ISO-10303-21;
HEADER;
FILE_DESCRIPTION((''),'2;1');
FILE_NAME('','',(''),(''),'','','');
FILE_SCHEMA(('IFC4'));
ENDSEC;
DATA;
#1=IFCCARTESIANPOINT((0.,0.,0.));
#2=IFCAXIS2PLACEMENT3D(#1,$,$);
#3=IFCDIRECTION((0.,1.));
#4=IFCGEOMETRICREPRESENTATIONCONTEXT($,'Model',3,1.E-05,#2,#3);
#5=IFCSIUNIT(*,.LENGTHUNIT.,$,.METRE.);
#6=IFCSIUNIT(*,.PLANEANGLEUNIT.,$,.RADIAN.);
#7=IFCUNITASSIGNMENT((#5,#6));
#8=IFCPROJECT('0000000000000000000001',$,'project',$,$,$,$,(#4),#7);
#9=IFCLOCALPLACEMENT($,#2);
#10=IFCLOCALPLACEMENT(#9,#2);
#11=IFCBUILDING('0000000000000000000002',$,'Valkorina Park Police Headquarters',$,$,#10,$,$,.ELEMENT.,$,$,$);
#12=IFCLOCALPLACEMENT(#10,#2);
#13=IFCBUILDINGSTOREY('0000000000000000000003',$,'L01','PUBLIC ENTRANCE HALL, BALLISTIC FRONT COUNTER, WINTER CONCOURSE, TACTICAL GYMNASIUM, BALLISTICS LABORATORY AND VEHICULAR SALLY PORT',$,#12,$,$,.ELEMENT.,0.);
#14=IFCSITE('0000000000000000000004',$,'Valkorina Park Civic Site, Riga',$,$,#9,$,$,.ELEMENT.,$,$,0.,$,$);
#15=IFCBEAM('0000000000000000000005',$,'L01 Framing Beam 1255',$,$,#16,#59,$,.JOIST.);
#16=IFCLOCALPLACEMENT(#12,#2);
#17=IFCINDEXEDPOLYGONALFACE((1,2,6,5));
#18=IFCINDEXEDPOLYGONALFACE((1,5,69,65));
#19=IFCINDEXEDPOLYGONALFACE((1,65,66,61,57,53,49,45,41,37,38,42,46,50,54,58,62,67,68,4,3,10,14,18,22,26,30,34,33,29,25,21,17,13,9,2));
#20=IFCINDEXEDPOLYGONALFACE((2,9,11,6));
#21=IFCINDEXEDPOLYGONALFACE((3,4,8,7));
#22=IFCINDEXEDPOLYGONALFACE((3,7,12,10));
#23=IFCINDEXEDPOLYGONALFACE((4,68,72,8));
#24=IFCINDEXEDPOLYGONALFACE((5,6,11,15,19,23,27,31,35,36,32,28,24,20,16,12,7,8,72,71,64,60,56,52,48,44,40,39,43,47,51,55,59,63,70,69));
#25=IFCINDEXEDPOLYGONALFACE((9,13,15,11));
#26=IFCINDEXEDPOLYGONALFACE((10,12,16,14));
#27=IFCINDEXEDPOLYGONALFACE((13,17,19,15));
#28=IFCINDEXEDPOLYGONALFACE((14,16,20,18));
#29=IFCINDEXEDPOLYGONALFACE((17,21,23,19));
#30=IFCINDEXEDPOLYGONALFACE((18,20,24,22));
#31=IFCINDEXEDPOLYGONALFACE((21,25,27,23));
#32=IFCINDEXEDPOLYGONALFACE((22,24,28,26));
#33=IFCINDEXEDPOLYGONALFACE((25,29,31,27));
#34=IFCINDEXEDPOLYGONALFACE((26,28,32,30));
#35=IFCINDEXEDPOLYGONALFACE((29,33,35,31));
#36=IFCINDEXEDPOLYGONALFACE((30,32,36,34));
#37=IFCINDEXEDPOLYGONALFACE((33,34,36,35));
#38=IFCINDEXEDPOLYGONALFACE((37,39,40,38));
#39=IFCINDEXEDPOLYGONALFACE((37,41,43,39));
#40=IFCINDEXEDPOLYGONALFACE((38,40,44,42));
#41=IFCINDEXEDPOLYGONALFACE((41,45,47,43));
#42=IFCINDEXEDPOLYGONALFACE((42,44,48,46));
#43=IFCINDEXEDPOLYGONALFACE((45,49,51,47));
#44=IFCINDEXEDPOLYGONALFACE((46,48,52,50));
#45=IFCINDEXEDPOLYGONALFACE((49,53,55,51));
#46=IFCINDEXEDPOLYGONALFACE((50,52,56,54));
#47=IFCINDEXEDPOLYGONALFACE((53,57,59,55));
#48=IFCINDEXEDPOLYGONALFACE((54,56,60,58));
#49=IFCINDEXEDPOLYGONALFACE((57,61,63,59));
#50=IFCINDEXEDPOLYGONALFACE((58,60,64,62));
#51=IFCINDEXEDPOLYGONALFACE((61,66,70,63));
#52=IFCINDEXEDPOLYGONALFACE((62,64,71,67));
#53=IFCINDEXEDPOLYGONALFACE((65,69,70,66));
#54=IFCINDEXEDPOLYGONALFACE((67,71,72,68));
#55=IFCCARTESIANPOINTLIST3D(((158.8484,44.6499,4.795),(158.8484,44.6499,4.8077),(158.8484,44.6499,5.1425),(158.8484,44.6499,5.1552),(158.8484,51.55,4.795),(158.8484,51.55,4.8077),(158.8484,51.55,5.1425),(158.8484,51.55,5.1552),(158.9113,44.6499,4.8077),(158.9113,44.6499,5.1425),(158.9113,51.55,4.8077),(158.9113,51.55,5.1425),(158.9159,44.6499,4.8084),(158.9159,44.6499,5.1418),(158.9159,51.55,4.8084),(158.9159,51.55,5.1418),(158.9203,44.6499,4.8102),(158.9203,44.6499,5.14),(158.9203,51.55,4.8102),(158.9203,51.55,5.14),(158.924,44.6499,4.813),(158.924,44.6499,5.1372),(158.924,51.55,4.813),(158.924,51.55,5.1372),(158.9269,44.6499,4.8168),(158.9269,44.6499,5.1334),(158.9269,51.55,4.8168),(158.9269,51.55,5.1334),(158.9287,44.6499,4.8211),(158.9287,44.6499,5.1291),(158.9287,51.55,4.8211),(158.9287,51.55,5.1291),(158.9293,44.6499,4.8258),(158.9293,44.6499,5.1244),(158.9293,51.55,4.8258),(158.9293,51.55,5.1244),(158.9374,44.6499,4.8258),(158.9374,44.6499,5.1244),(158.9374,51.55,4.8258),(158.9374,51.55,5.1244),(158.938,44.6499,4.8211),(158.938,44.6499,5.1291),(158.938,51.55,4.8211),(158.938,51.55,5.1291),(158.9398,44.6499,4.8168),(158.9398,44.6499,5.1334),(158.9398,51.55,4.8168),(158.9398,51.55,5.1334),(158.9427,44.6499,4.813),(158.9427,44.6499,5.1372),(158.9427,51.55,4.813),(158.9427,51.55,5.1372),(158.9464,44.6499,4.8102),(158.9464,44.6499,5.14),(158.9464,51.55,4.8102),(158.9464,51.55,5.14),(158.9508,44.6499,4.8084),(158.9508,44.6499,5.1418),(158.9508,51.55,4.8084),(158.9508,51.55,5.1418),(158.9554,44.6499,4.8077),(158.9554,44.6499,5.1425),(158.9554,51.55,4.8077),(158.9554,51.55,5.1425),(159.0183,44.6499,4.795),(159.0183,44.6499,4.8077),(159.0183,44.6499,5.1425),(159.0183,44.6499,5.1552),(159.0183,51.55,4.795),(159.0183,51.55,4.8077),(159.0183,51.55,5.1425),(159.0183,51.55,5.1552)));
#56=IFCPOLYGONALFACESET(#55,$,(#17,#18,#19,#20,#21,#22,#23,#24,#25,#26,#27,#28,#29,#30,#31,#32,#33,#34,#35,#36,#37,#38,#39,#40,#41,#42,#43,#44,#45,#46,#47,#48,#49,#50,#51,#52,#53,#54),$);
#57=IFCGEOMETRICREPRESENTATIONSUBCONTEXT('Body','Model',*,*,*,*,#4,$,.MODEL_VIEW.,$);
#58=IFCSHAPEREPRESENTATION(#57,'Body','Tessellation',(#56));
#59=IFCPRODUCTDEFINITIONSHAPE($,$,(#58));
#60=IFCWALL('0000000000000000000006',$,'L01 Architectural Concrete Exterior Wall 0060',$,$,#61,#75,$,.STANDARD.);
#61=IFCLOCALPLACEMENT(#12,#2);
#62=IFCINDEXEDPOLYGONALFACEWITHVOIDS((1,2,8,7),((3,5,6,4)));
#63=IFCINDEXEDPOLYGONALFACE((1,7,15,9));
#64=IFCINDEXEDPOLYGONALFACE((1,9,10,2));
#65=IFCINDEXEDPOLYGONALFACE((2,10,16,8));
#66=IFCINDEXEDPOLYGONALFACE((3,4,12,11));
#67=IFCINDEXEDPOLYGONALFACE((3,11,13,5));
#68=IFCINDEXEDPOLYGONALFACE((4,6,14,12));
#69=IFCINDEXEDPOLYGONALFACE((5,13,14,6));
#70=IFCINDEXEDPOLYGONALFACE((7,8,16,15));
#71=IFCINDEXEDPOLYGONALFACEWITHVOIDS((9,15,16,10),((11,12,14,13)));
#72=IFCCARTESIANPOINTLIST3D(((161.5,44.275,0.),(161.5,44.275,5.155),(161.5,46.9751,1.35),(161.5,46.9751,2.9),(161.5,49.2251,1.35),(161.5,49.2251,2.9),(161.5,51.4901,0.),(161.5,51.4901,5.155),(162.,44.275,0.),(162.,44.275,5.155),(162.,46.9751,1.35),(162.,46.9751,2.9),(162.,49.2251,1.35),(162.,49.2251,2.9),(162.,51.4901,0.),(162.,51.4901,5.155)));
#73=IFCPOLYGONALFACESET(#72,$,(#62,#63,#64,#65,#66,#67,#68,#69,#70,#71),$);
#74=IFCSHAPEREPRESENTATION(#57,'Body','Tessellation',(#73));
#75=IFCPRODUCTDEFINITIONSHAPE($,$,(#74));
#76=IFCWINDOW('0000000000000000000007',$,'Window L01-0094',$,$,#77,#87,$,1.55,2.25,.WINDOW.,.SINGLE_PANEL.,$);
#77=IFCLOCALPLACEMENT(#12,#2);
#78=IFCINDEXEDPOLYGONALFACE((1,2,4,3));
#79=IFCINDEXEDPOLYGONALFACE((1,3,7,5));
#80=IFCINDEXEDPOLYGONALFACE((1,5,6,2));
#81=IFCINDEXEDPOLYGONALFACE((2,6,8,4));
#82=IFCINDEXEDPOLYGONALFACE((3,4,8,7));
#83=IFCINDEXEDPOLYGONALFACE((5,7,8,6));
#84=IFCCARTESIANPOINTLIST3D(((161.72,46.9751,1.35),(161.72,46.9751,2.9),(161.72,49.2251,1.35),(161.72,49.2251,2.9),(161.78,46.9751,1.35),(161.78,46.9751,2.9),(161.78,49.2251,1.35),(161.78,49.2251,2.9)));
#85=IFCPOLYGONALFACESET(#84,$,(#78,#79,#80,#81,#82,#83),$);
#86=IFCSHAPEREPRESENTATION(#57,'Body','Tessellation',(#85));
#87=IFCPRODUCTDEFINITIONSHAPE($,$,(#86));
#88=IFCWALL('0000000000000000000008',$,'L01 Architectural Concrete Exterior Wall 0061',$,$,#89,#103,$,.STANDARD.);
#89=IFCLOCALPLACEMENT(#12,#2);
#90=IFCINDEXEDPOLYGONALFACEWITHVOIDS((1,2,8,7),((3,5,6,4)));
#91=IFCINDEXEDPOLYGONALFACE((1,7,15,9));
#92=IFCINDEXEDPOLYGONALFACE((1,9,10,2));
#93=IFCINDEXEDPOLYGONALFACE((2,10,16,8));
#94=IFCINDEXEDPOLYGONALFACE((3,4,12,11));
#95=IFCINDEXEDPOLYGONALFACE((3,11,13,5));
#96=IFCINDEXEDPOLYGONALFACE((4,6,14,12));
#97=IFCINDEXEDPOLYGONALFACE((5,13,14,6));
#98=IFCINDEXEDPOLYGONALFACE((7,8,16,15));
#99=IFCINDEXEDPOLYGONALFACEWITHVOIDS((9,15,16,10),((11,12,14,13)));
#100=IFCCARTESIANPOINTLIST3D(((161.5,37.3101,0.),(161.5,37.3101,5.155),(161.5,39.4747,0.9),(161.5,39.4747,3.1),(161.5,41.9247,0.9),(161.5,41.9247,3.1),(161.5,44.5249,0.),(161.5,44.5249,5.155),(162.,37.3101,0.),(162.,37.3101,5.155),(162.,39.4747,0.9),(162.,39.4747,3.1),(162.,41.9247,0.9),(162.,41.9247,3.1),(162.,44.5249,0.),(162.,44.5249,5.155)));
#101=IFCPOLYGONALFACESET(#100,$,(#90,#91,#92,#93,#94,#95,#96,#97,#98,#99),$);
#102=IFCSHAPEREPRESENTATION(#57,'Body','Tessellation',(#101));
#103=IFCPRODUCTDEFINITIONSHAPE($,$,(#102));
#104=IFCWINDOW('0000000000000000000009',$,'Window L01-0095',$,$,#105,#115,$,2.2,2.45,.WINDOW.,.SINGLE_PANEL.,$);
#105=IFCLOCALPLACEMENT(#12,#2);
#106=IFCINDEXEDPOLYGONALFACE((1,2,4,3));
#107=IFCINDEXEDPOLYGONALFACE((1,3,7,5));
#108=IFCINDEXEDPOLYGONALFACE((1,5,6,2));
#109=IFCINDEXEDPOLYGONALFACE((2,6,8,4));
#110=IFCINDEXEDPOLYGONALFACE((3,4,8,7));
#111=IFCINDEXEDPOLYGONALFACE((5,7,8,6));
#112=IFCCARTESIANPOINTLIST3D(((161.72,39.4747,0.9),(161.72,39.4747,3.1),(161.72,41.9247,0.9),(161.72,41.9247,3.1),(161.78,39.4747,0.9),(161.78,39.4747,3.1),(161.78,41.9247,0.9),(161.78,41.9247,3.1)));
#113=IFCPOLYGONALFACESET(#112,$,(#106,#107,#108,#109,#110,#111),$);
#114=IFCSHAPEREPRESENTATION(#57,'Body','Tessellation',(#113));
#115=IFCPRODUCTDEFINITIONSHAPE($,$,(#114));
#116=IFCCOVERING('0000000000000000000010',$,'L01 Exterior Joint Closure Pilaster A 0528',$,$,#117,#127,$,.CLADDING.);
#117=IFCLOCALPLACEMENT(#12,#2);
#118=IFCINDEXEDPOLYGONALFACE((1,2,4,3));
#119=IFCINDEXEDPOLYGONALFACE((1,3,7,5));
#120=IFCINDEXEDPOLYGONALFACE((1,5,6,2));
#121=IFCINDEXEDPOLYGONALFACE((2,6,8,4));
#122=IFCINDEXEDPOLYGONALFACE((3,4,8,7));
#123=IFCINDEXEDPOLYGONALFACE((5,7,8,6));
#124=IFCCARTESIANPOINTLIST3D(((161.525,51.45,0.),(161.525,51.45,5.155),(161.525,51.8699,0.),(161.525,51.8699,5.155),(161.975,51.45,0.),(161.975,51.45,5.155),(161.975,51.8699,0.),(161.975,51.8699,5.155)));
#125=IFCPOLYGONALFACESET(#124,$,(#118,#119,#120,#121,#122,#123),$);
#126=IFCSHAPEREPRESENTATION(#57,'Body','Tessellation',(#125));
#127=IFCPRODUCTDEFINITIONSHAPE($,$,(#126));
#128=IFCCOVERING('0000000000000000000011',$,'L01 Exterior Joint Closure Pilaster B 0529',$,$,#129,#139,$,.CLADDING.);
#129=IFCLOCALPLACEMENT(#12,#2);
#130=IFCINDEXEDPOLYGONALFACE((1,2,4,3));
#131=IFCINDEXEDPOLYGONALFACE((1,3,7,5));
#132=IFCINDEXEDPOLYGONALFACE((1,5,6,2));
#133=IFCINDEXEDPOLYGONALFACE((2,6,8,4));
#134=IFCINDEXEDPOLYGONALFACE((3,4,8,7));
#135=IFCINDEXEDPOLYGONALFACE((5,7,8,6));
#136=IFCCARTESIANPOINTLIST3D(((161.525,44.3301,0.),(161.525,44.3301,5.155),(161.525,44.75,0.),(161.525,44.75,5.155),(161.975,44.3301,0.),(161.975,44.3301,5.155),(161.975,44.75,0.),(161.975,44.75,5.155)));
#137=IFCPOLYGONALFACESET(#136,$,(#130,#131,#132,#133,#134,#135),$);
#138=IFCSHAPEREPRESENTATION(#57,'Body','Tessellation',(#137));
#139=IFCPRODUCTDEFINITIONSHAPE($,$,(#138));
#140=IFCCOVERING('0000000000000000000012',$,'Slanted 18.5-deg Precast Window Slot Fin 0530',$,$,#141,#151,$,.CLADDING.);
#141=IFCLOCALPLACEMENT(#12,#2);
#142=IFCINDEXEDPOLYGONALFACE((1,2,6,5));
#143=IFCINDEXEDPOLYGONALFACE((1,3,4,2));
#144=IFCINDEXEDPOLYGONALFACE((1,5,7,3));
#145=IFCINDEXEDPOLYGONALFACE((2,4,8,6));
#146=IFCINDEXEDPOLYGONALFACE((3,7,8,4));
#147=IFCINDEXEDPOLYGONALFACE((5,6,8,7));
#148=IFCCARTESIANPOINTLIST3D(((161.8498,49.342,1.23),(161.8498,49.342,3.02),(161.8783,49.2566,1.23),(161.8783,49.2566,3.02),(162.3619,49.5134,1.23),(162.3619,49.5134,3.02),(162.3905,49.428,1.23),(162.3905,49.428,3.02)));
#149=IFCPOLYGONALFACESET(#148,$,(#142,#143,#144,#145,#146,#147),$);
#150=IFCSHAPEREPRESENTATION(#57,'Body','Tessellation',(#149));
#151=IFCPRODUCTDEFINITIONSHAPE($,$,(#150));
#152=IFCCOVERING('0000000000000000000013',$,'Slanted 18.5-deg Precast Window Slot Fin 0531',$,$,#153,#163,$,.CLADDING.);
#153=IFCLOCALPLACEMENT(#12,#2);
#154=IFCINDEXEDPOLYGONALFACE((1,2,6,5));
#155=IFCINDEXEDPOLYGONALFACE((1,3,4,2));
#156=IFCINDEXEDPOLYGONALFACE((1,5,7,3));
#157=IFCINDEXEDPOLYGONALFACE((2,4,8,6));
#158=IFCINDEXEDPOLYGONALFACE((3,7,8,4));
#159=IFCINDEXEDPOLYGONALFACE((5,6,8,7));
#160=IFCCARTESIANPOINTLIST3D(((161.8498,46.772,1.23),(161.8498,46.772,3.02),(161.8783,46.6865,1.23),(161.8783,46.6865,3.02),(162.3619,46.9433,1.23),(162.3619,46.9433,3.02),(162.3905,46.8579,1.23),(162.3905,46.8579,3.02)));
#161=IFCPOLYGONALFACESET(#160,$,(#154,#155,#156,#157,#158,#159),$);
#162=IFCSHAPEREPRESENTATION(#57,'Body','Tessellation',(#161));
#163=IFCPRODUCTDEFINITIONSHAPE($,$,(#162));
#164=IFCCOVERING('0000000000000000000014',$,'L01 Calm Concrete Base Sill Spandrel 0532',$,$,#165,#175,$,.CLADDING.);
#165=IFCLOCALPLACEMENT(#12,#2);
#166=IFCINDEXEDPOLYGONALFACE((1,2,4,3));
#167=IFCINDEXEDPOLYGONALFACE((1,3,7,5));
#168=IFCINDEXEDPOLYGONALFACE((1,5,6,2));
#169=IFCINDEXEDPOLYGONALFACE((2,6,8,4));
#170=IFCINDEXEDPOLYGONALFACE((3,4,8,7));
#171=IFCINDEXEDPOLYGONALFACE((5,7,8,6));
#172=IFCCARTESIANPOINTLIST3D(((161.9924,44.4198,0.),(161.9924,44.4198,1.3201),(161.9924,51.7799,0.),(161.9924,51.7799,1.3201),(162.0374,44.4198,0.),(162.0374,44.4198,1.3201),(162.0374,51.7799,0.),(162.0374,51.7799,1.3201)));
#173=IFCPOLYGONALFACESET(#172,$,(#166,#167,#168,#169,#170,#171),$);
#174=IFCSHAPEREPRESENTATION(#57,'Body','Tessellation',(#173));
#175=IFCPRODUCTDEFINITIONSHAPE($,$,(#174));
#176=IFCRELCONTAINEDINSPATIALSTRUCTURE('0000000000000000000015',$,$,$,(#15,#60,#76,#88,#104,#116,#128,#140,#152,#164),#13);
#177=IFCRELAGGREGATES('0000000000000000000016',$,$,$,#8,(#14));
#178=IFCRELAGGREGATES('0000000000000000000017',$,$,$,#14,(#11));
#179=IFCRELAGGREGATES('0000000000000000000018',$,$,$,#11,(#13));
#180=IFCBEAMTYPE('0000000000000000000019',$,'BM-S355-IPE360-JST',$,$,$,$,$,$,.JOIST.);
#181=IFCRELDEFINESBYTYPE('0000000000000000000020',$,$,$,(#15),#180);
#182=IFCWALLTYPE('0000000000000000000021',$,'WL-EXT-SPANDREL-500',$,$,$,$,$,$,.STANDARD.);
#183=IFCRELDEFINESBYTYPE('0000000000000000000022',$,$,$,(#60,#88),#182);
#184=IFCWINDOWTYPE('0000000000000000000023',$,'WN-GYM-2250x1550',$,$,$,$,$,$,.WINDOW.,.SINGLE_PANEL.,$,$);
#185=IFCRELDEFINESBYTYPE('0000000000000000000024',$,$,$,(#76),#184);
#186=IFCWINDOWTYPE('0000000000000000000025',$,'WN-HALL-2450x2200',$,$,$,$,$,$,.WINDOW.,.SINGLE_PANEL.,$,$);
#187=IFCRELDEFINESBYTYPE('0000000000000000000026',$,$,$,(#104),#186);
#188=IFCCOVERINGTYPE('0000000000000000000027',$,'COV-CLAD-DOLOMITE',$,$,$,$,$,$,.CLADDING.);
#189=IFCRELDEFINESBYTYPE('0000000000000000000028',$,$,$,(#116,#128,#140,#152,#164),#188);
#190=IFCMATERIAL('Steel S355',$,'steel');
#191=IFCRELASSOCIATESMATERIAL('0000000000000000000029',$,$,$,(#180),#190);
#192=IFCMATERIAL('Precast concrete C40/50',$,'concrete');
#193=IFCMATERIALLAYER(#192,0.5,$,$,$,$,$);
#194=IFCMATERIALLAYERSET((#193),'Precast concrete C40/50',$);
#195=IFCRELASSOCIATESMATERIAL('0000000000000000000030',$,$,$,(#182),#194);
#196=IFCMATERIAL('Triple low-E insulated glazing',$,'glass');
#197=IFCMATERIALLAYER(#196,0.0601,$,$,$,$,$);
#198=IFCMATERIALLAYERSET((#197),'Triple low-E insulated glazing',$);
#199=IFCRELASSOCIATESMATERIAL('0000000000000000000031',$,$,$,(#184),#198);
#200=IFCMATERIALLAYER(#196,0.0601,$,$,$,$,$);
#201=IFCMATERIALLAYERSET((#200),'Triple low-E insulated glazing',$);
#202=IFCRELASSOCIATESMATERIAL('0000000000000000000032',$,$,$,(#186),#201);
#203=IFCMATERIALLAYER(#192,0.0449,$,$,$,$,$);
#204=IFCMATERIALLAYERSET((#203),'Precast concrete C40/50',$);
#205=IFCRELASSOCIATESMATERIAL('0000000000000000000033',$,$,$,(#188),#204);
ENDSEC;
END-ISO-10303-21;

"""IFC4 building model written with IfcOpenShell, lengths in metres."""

from ifc_helpers import new_model, si_unit, direction, frame, frame_2d, origin, origin_2d, place, context, subcontext, project, spatial, rectangle, i_section, extrude, material, layer, layer_set, material_profile, profile_set, type_object, element, fill, save


model = new_model("IFC4")

# Units and contexts
model_context = context("Model", 3, precision=1e-05, world=origin(), true_north=direction((0.0, 1.0)))
body_context = subcontext(model_context, "Body", "Model", "MODEL_VIEW")
ifc_project = project(units=[si_unit("LENGTHUNIT", "METRE"), si_unit("PLANEANGLEUNIT", "RADIAN")], contexts=[model_context])

# Site, building, storey
site_placement = place(None, origin())
site = spatial("IfcSite", under=ifc_project, at=site_placement, Name="Valkorina Park Civic Site, Riga", CompositionType="ELEMENT", RefElevation=0.0)
building_placement = place(site_placement, origin())
building = spatial("IfcBuilding", under=site, at=building_placement, Name="Valkorina Park Police Headquarters", CompositionType="ELEMENT")
storey_placement = place(building_placement, origin())
storey = spatial("IfcBuildingStorey", under=building, at=storey_placement, Name="L01", Description="PUBLIC ENTRANCE HALL, BALLISTIC FRONT COUNTER, WINTER CONCOURSE, TACTICAL GYMNASIUM, BALLISTICS LABORATORY AND VEHICULAR SALLY PORT", CompositionType="ELEMENT", Elevation=0.0)

# Beam
ifc_material_1 = material(Name="Steel S355", Category="steel")
ifc_material_profile_1 = material_profile(ifc_material_1, i_section(OverallWidth=0.1699, OverallDepth=0.3601, WebThickness=0.0081, FlangeThickness=0.0127, FilletRadius=0.0181, at=origin_2d()), Name="IPE 360")
ifc_profile_set_1 = profile_set([ifc_material_profile_1], Name="Steel S355")
beam_type_1 = type_object("IfcBeamType", Name="BM-S355-IPE360-JST", PredefinedType="JOIST", material=ifc_profile_set_1)
for number, where, z_axis, x_axis, name in (
    (1, (158.9333, 44.6499, 4.9751), (0.0, 1.0, 0.0), (-1.0, 0.0, 0.0), "L01 Framing Beam 1255"),
):
    element("IfcBeam", number, at=place(storey_placement, frame(where, z_axis=z_axis, x_axis=x_axis)), inside=storey, type_object=beam_type_1, Name=name, PredefinedType="JOIST", context=body_context, shape_type="SweptSolid", body=[
        extrude(i_section(OverallWidth=0.1699, OverallDepth=0.3601, WebThickness=0.0081, FlangeThickness=0.0127, FilletRadius=0.0181, at=origin_2d()), origin(), (0.0, 0.0, 1.0), 6.9001),
    ])

# Walls, openings, windows
ifc_material_2 = material(Name="Precast concrete C40/50", Category="concrete")
ifc_layer_1 = layer(ifc_material_2, 0.5)
ifc_layer_set_1 = layer_set([ifc_layer_1], Name="Precast concrete C40/50")
wall_type = type_object("IfcWallType", Name="WL-EXT-SPANDREL-500", PredefinedType="STANDARD", material=ifc_layer_set_1)
wall_1_placement = place(storey_placement, frame((161.75, 51.49, 0.0), z_axis=(0.0, 0.0, 1.0), x_axis=(0.0, -1.0, 0.0)))
wall_1 = element("IfcWall", 2, at=wall_1_placement, inside=storey, type_object=wall_type, Name="L01 Architectural Concrete Exterior Wall 0060", PredefinedType="STANDARD", context=body_context, shape_type="SweptSolid", body=[
    extrude(rectangle(XDim=7.2151, YDim=0.5, at=frame_2d((3.6074, 0.0))), origin(), (0.0, 0.0, 1.0), 5.155),
])
opening_1_placement = place(wall_1_placement, frame((2.2649, 0.0, 1.3501)))
opening_1 = element("IfcOpeningElement", 3, at=opening_1_placement, cuts=wall_1, PredefinedType="OPENING", context=body_context, shape_type="SweptSolid", body=[
    extrude(rectangle(XDim=2.25, YDim=1.55, at=frame_2d((1.125, 0.7749))), frame((0.0, 0.26, 0.0), z_axis=(0.0, -1.0, 0.0), x_axis=(1.0, 0.0, 0.0)), (0.0, 0.0, 1.0), 0.52),
])
ifc_material_3 = material(Name="Triple low-E insulated glazing", Category="glass")
ifc_layer_2 = layer(ifc_material_3, 0.0601)
ifc_layer_set_2 = layer_set([ifc_layer_2], Name="Triple low-E insulated glazing")
window_type_1 = type_object("IfcWindowType", Name="WN-GYM-2250x1550", PartitioningType="SINGLE_PANEL", PredefinedType="WINDOW", material=ifc_layer_set_2)
window_1_placement = place(opening_1_placement, origin())
window_1 = element("IfcWindow", 4, at=window_1_placement, inside=storey, type_object=window_type_1, Name="Window L01-0094", OverallHeight=1.55, OverallWidth=2.25, PartitioningType="SINGLE_PANEL", PredefinedType="WINDOW", context=body_context, shape_type="SweptSolid", body=[
    extrude(rectangle(XDim=2.25, YDim=1.55, at=frame_2d((1.125, 0.7749))), frame((0.0, 0.03, 0.0), z_axis=(0.0, -1.0, 0.0), x_axis=(1.0, 0.0, 0.0)), (0.0, 0.0, 1.0), 0.0601),
])
fill(opening_1, window_1)
wall_2_placement = place(storey_placement, frame((161.75, 44.5249, 0.0), z_axis=(0.0, 0.0, 1.0), x_axis=(0.0, -1.0, 0.0)))
wall_2 = element("IfcWall", 5, at=wall_2_placement, inside=storey, type_object=wall_type, Name="L01 Architectural Concrete Exterior Wall 0061", PredefinedType="STANDARD", context=body_context, shape_type="SweptSolid", body=[
    extrude(rectangle(XDim=7.2148, YDim=0.5, at=frame_2d((3.6074, 0.0))), origin(), (0.0, 0.0, 1.0), 5.155),
])
opening_2_placement = place(wall_2_placement, frame((2.6001, 0.0, 0.8999)))
opening_2 = element("IfcOpeningElement", 6, at=opening_2_placement, cuts=wall_2, PredefinedType="OPENING", context=body_context, shape_type="SweptSolid", body=[
    extrude(rectangle(XDim=2.45, YDim=2.2, at=frame_2d((1.2251, 1.1001))), frame((0.0, 0.26, 0.0), z_axis=(0.0, -1.0, 0.0), x_axis=(1.0, 0.0, 0.0)), (0.0, 0.0, 1.0), 0.52),
])
ifc_layer_3 = layer(ifc_material_3, 0.0601)
ifc_layer_set_3 = layer_set([ifc_layer_3], Name="Triple low-E insulated glazing")
window_type_2 = type_object("IfcWindowType", Name="WN-HALL-2450x2200", PartitioningType="SINGLE_PANEL", PredefinedType="WINDOW", material=ifc_layer_set_3)
window_2_placement = place(opening_2_placement, origin())
window_2 = element("IfcWindow", 7, at=window_2_placement, inside=storey, type_object=window_type_2, Name="Window L01-0095", OverallHeight=2.2, OverallWidth=2.45, PartitioningType="SINGLE_PANEL", PredefinedType="WINDOW", context=body_context, shape_type="SweptSolid", body=[
    extrude(rectangle(XDim=2.45, YDim=2.2, at=frame_2d((1.2251, 1.1001))), frame((0.0, 0.03, 0.0), z_axis=(0.0, -1.0, 0.0), x_axis=(1.0, 0.0, 0.0)), (0.0, 0.0, 1.0), 0.0601),
])
fill(opening_2, window_2)

# Coverings
ifc_layer_4 = layer(ifc_material_2, 0.0449)
ifc_layer_set_4 = layer_set([ifc_layer_4], Name="Precast concrete C40/50")
covering_type = type_object("IfcCoveringType", Name="COV-CLAD-DOLOMITE", PredefinedType="CLADDING", material=ifc_layer_set_4)
for number, where, z_axis, x_axis, name in (
    (8, (161.75, 51.6599, 0.0), (0.0, 0.0, 1.0), (0.0, 1.0, 0.0), "L01 Exterior Joint Closure Pilaster A 0528"),
    (9, (161.75, 44.54, 0.0), (0.0, 0.0, 1.0), (0.0, 1.0, 0.0), "L01 Exterior Joint Closure Pilaster B 0529"),
):
    element("IfcCovering", number, at=place(storey_placement, frame(where, z_axis=z_axis, x_axis=x_axis)), inside=storey, type_object=covering_type, Name=name, PredefinedType="CLADDING", context=body_context, shape_type="SweptSolid", body=[
        extrude(rectangle(XDim=0.4199, YDim=0.45, at=origin_2d()), origin(), (0.0, 0.0, 1.0), 5.155),
    ])
for number, where, z_axis, x_axis, name in (
    (10, (162.1201, 49.385, 1.23), (0.0, 0.0, 1.0), (0.948324, 0.317305, 0.0), "Slanted 18.5-deg Precast Window Slot Fin 0530"),
    (11, (162.1201, 46.8149, 1.23), (0.0, 0.0, 1.0), (0.948324, 0.317305, 0.0), "Slanted 18.5-deg Precast Window Slot Fin 0531"),
):
    element("IfcCovering", number, at=place(storey_placement, frame(where, z_axis=z_axis, x_axis=x_axis)), inside=storey, type_object=covering_type, Name=name, PredefinedType="CLADDING", context=body_context, shape_type="SweptSolid", body=[
        extrude(rectangle(XDim=0.54, YDim=0.0901, at=origin_2d()), origin(), (0.0, 0.0, 1.0), 1.79),
    ])
covering_1_placement = place(storey_placement, frame((162.0149, 51.78, 0.0), z_axis=(0.0, 0.0, 1.0), x_axis=(0.0, -1.0, 0.0)))
element("IfcCovering", 12, at=covering_1_placement, inside=storey, type_object=covering_type, Name="L01 Calm Concrete Base Sill Spandrel 0532", PredefinedType="CLADDING", context=body_context, shape_type="SweptSolid", body=[
    extrude(rectangle(XDim=7.3601, YDim=0.0449, at=frame_2d((3.6802, 0.0))), origin(), (0.0, 0.0, 1.0), 1.3201),
])

save(model, "model.ifc")
